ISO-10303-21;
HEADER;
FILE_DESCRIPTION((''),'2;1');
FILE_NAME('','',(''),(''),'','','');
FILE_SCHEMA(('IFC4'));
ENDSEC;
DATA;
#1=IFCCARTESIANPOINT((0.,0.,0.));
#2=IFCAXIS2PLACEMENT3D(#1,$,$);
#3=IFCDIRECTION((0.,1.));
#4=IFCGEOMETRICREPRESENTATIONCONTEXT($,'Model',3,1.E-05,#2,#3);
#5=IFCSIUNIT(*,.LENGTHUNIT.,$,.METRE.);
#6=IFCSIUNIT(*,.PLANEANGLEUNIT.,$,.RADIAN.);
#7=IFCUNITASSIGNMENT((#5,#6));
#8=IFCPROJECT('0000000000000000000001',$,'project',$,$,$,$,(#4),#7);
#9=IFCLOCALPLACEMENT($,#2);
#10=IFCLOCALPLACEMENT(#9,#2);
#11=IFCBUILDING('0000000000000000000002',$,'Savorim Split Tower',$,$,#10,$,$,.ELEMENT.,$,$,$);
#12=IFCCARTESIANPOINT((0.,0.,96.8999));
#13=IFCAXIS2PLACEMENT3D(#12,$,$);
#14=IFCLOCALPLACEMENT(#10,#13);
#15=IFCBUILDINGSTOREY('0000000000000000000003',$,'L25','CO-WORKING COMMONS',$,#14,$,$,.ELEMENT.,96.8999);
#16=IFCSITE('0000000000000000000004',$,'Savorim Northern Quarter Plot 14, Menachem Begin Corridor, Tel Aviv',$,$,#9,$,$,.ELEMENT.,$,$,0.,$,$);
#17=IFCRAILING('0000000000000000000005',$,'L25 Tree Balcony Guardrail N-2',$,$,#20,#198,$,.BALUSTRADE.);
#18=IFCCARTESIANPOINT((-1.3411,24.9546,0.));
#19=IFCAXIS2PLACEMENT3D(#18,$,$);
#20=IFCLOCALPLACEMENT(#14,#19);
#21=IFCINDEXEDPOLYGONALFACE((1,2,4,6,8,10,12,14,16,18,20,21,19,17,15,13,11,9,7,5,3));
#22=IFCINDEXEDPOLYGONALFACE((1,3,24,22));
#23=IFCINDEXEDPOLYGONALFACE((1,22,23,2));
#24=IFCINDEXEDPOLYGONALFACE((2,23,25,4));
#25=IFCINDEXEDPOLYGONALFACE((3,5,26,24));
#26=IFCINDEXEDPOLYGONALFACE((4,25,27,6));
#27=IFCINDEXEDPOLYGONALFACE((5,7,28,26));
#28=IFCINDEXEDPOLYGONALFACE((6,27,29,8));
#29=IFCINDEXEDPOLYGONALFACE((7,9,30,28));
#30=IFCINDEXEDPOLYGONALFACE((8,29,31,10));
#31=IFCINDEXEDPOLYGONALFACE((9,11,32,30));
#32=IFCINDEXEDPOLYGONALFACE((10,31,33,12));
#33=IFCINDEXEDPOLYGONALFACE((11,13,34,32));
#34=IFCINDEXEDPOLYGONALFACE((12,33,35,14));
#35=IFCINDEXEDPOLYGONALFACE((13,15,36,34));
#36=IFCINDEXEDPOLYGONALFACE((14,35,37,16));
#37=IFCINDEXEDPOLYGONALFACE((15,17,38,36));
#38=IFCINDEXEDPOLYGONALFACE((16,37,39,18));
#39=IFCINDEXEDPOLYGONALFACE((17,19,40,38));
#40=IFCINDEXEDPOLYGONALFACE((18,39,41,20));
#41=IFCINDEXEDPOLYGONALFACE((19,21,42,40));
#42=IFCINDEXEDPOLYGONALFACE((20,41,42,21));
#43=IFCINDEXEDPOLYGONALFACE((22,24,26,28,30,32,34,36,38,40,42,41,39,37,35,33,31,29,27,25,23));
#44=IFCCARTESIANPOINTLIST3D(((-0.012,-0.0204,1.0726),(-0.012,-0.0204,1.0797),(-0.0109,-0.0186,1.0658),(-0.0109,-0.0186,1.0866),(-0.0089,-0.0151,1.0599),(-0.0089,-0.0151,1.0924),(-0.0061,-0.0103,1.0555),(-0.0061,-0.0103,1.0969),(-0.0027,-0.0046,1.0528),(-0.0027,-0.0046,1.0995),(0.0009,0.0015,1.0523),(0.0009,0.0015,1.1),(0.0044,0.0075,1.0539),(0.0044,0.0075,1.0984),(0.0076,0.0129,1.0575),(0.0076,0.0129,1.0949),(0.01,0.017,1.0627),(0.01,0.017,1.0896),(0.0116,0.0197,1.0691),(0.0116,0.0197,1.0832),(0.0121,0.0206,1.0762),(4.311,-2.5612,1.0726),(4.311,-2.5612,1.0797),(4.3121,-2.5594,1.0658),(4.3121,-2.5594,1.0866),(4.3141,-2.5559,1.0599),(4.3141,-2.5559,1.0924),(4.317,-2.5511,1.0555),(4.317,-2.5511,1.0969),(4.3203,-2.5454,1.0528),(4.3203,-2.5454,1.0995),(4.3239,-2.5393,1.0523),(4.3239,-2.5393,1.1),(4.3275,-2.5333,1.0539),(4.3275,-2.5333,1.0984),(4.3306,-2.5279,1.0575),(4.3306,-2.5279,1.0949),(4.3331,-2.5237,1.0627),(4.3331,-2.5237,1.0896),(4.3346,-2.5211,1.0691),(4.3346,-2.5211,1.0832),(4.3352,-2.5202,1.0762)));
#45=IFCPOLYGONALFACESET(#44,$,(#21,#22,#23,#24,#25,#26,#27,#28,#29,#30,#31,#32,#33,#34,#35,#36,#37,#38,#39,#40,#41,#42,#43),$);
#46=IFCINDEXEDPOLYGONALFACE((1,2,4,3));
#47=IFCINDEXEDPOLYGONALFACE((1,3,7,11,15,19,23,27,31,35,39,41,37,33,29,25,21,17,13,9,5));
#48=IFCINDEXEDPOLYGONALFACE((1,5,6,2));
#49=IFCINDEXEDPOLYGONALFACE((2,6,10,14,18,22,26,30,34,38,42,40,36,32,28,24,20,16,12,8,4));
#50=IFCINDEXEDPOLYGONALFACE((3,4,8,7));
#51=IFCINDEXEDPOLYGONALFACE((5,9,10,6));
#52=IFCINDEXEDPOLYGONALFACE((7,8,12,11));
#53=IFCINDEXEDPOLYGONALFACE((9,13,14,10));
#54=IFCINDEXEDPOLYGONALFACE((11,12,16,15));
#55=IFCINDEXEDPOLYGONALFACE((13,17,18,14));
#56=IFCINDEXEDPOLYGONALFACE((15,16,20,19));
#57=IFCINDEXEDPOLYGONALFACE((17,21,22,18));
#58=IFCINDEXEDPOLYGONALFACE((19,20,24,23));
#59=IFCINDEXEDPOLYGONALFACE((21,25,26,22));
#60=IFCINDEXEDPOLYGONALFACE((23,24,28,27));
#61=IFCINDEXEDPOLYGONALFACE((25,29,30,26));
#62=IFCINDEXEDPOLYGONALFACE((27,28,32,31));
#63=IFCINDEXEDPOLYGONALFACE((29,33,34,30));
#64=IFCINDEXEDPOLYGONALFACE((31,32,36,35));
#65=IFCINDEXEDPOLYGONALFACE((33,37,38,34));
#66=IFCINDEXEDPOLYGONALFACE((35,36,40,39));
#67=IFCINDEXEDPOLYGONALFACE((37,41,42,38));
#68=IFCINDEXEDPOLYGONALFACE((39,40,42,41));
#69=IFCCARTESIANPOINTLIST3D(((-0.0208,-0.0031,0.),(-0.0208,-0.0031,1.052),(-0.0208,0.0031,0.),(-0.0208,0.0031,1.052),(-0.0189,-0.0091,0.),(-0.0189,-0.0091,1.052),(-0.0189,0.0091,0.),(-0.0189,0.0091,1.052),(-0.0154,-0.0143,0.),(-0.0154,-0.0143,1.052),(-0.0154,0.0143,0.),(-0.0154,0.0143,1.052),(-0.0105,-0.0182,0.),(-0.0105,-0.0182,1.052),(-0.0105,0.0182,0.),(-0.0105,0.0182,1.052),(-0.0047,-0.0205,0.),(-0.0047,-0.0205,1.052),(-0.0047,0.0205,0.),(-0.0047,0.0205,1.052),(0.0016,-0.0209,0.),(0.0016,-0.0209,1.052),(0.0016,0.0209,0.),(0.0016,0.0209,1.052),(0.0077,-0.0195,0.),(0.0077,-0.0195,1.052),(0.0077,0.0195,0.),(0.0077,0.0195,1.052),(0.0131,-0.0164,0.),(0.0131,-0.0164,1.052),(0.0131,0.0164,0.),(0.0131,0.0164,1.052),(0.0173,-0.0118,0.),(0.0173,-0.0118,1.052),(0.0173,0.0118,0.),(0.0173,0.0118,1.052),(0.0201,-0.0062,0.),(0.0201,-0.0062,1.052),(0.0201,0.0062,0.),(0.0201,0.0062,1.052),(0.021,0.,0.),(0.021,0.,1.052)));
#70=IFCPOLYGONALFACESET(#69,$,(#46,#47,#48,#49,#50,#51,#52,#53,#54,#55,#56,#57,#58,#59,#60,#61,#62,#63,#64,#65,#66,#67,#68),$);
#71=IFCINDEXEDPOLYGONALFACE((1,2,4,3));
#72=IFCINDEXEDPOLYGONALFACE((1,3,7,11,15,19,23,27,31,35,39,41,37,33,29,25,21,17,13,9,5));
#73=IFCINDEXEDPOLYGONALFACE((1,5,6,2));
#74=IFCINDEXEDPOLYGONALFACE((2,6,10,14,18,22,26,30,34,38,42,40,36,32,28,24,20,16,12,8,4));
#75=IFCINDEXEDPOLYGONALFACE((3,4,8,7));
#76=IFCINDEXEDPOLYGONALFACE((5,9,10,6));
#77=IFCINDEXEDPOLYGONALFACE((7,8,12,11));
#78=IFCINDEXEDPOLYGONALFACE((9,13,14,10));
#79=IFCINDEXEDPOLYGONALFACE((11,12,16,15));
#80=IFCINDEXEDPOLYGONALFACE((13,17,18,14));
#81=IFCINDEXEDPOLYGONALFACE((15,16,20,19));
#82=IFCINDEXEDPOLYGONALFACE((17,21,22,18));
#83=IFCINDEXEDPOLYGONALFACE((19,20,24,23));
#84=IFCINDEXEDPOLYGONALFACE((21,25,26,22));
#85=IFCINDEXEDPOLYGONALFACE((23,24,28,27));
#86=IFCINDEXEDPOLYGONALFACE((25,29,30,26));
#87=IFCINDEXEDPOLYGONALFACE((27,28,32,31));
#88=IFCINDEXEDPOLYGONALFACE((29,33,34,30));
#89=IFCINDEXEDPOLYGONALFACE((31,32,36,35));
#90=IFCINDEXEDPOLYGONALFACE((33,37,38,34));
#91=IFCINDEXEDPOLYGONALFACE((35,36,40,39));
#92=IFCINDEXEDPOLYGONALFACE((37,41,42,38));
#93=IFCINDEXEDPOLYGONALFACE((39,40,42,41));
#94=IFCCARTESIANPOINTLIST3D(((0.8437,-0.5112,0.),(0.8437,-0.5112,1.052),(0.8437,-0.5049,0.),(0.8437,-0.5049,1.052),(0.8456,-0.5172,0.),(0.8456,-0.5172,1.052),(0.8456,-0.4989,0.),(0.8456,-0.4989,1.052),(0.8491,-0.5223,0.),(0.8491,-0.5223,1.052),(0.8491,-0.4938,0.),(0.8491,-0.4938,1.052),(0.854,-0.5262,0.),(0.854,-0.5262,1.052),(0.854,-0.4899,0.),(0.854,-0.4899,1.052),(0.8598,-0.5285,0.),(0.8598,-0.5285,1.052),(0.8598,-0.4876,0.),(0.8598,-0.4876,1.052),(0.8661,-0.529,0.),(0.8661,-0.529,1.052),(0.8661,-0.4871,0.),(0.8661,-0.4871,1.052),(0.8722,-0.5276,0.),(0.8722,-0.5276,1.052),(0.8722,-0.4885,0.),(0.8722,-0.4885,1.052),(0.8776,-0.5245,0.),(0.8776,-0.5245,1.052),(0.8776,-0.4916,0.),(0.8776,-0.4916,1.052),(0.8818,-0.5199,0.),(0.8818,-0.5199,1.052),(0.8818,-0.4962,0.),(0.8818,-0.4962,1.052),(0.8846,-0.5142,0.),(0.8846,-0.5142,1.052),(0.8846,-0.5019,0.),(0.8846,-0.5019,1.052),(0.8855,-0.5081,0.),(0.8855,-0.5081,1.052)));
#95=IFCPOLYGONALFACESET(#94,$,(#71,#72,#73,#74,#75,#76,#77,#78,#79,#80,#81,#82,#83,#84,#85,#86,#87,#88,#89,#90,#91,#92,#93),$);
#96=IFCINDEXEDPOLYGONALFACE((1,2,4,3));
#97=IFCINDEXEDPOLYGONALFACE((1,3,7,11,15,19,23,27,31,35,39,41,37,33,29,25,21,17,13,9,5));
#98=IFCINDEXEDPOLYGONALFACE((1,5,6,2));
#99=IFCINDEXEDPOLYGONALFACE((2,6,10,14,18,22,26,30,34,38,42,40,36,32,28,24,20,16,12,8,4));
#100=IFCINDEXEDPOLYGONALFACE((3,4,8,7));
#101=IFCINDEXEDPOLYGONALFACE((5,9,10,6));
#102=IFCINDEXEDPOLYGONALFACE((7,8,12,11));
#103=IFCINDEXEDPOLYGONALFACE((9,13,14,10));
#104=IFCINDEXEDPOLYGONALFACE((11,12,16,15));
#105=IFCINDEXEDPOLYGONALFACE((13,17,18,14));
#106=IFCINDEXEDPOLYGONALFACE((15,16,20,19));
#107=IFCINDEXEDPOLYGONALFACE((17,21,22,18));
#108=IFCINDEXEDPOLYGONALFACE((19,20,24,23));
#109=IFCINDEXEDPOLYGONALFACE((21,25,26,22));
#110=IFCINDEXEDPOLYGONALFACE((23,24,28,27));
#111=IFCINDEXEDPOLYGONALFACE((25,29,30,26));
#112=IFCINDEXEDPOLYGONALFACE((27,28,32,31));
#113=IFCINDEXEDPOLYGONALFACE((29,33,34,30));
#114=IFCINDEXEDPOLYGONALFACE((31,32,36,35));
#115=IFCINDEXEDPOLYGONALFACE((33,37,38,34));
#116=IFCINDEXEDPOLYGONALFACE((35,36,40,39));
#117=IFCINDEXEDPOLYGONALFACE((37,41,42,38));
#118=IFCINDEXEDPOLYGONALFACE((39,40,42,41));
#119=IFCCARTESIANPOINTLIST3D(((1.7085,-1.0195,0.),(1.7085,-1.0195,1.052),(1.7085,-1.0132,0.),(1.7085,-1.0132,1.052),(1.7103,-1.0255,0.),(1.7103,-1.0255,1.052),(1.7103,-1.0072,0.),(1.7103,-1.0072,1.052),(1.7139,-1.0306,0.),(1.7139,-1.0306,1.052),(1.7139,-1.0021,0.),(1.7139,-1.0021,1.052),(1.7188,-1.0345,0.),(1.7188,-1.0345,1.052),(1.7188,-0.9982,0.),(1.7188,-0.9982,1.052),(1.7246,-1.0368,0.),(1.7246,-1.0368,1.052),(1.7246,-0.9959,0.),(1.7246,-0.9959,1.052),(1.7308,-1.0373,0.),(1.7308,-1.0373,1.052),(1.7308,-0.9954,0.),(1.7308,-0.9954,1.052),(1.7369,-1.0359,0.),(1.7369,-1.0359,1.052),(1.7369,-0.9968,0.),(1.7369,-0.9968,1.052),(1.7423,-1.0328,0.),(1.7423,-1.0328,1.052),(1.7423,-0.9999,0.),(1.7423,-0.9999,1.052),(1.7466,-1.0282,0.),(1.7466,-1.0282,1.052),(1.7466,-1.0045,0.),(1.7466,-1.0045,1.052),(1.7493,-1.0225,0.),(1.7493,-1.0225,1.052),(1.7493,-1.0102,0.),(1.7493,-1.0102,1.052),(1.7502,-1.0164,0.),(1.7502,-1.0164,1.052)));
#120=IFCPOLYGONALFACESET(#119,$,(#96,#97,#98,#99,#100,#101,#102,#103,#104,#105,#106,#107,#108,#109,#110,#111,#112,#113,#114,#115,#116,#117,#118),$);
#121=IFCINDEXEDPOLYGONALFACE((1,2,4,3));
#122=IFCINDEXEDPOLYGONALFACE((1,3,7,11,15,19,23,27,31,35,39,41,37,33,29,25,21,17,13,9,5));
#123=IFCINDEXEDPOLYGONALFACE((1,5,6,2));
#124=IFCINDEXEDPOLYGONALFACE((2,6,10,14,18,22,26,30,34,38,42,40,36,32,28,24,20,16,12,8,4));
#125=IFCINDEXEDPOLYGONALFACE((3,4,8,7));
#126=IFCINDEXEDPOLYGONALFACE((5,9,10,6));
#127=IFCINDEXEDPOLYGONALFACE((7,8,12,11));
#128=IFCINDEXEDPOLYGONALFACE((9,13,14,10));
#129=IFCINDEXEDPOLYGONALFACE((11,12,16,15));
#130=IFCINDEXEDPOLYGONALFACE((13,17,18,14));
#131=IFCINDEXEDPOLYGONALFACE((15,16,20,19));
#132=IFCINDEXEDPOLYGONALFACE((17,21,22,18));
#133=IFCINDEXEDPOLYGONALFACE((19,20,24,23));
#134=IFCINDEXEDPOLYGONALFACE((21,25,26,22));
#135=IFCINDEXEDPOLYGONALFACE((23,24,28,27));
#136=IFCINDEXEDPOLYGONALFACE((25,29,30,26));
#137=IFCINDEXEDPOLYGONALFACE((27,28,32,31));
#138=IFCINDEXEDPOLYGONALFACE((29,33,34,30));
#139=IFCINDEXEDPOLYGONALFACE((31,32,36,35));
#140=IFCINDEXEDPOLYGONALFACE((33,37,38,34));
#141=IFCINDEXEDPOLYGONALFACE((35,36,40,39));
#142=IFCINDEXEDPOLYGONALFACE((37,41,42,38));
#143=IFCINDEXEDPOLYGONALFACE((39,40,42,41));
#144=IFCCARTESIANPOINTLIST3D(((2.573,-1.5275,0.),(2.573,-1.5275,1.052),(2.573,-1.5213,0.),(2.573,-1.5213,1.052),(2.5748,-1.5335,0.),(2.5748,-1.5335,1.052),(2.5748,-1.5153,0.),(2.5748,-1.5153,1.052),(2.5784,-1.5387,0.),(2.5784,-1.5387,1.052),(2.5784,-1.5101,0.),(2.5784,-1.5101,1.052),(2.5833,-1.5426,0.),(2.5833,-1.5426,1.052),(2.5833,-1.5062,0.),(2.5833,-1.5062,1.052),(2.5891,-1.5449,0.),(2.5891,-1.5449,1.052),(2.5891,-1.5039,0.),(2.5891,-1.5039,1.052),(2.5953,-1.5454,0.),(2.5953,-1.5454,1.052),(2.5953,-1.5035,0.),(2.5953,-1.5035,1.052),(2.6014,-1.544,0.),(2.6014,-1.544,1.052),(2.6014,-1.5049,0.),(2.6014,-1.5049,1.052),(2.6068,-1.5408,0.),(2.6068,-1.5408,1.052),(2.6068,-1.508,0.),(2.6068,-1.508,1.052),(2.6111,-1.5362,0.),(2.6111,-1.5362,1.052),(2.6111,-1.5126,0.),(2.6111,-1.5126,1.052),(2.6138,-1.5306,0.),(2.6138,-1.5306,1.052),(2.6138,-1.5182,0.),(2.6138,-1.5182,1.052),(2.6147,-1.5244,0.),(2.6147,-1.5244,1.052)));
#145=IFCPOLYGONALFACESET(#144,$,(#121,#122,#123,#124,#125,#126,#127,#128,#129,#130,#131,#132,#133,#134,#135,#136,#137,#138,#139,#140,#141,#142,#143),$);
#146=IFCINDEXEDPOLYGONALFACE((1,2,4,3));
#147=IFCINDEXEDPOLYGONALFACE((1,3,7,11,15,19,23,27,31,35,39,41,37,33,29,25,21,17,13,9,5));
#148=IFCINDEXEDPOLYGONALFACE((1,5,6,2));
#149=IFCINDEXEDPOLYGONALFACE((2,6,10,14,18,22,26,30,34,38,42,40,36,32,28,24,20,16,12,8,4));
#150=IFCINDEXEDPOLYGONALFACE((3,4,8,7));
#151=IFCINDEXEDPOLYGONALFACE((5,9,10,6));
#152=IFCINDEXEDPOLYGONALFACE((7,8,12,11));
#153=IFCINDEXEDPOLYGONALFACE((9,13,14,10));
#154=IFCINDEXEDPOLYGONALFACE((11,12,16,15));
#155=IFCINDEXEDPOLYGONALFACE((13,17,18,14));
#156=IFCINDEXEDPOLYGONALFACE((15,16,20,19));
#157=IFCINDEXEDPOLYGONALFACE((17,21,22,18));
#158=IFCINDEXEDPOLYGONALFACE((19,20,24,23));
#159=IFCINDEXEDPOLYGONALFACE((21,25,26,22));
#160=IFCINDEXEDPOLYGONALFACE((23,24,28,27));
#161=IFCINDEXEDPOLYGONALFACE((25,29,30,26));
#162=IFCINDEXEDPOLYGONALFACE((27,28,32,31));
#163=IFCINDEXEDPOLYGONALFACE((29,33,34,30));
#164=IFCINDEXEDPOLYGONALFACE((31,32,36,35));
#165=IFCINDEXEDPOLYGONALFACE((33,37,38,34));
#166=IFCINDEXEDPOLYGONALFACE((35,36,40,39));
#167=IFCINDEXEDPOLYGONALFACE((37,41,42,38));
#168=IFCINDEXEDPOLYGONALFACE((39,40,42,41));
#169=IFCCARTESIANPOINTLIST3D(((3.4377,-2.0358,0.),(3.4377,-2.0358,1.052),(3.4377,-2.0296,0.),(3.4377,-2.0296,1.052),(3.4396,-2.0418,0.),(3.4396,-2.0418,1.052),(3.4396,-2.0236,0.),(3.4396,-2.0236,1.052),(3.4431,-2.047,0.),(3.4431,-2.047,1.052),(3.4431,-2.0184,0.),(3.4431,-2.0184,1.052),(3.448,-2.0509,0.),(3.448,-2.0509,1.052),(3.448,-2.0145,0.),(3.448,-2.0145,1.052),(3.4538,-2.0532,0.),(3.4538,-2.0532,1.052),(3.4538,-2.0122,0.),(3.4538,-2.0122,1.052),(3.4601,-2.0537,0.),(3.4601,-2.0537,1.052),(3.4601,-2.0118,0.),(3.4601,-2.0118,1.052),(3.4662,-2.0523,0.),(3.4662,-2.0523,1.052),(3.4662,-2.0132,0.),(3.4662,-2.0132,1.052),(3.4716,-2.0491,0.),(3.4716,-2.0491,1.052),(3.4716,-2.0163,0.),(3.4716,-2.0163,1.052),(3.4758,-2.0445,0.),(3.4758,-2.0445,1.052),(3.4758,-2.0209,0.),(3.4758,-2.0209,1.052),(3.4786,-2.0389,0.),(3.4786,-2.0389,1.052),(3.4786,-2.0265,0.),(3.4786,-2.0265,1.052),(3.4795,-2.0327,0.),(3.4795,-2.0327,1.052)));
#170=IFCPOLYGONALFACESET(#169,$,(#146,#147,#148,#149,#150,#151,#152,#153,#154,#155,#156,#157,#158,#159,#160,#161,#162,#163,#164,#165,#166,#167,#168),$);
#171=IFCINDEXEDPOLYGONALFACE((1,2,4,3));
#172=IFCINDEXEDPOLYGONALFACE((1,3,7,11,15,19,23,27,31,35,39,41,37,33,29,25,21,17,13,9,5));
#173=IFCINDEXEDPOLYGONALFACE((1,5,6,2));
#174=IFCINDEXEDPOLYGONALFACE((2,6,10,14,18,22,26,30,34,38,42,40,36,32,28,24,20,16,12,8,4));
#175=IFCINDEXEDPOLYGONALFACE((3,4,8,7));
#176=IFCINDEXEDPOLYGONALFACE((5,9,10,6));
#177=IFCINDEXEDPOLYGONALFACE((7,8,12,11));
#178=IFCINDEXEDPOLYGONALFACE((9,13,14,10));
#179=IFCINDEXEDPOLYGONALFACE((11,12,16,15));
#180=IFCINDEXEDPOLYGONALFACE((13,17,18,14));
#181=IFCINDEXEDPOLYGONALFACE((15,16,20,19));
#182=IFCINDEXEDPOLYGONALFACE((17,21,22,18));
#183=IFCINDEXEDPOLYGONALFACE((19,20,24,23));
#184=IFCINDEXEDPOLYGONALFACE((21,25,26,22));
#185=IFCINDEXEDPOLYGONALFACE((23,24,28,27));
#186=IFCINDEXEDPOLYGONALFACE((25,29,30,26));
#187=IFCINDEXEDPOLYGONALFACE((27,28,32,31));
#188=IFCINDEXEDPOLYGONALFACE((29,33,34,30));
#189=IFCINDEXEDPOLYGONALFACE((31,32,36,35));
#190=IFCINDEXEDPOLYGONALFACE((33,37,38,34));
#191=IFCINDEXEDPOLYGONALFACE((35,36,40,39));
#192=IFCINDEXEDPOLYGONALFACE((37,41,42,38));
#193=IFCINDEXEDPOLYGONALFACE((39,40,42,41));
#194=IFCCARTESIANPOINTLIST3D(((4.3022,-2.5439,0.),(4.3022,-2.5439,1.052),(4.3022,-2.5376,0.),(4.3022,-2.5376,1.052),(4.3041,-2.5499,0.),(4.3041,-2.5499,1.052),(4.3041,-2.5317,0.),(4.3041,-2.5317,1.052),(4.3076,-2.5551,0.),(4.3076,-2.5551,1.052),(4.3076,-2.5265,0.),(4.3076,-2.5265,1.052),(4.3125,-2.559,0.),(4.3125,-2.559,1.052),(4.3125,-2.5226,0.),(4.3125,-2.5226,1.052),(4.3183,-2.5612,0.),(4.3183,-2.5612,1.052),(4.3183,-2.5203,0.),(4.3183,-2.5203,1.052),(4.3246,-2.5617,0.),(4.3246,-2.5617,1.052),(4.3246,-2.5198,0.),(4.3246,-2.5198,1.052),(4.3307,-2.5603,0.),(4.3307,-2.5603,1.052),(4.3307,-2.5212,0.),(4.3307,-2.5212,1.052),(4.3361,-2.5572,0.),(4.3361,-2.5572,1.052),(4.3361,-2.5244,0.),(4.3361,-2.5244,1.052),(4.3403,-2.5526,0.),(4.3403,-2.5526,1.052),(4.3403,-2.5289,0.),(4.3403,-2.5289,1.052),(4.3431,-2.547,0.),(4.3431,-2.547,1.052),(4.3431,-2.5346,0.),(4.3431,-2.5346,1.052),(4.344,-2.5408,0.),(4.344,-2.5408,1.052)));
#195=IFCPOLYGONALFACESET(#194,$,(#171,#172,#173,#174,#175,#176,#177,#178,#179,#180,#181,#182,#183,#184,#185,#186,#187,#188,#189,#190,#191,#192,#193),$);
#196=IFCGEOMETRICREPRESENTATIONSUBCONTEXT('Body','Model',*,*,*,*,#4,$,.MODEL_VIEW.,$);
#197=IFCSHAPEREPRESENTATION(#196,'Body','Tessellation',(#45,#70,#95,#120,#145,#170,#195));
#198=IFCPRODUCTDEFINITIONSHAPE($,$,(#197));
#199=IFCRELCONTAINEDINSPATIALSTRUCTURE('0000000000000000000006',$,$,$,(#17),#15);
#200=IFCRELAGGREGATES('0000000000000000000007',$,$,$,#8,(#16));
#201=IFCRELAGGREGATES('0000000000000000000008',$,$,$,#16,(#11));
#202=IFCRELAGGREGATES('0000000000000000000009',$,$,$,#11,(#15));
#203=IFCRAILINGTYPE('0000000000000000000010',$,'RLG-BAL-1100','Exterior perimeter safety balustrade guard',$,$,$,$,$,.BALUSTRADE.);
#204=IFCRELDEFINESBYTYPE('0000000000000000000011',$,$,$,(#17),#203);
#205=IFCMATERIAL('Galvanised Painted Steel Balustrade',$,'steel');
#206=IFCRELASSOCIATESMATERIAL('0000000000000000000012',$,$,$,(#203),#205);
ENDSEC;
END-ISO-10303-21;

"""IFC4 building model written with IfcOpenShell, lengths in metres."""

from ifc_helpers import new_model, si_unit, direction, frame, origin, origin_2d, place, context, subcontext, project, spatial, circle, extrude, material, type_object, element, save


model = new_model("IFC4")

# Units and contexts
model_context = context("Model", 3, precision=1e-05, world=origin(), true_north=direction((0.0, 1.0)))
body_context = subcontext(model_context, "Body", "Model", "MODEL_VIEW")
ifc_project = project(units=[si_unit("LENGTHUNIT", "METRE"), si_unit("PLANEANGLEUNIT", "RADIAN")], contexts=[model_context])

# Site, building, storey
site_placement = place(None, origin())
site = spatial("IfcSite", under=ifc_project, at=site_placement, Name="Savorim Northern Quarter Plot 14, Menachem Begin Corridor, Tel Aviv", CompositionType="ELEMENT", RefElevation=0.0)
building_placement = place(site_placement, origin())
building = spatial("IfcBuilding", under=site, at=building_placement, Name="Savorim Split Tower", CompositionType="ELEMENT")
storey_placement = place(building_placement, frame((0.0, 0.0, 96.8999)))
storey = spatial("IfcBuildingStorey", under=building, at=storey_placement, Name="L25", Description="CO-WORKING COMMONS", CompositionType="ELEMENT", Elevation=96.8999)

# Railing
ifc_material_1 = material(Name="Galvanised Painted Steel Balustrade", Category="steel")
railing_type = type_object("IfcRailingType", Name="RLG-BAL-1100", Description="Exterior perimeter safety balustrade guard", PredefinedType="BALUSTRADE", material=ifc_material_1)
railing_1_placement = place(storey_placement, frame((-1.3411, 24.9546, 0.0)))
element("IfcRailing", 1, at=railing_1_placement, inside=storey, type_object=railing_type, Name="L25 Tree Balcony Guardrail N-2", PredefinedType="BALUSTRADE", context=body_context, shape_type="SweptSolid", body=[
    extrude(circle(Radius=0.0239, at=origin_2d()), frame((0.0, 0.0, 1.0762), z_axis=(0.862123, -0.506699, 0.0), x_axis=(0.506699, 0.862123, 0.0)), (0.0, 0.0, 1.0), 5.0144),
    extrude(circle(Radius=0.021, at=origin_2d()), origin(), (0.0, 0.0, 1.0), 1.052),
    extrude(circle(Radius=0.021, at=origin_2d()), frame((0.8645, -0.5081, 0.0)), (0.0, 0.0, 1.0), 1.052),
    extrude(circle(Radius=0.021, at=origin_2d()), frame((1.7292, -1.0164, 0.0)), (0.0, 0.0, 1.0), 1.052),
    extrude(circle(Radius=0.021, at=origin_2d()), frame((2.5938, -1.5244, 0.0)), (0.0, 0.0, 1.0), 1.052),
    extrude(circle(Radius=0.021, at=origin_2d()), frame((3.4585, -2.0327, 0.0)), (0.0, 0.0, 1.0), 1.052),
    extrude(circle(Radius=0.021, at=origin_2d()), frame((4.323, -2.5408, 0.0)), (0.0, 0.0, 1.0), 1.052),
])

save(model, "model.ifc")
